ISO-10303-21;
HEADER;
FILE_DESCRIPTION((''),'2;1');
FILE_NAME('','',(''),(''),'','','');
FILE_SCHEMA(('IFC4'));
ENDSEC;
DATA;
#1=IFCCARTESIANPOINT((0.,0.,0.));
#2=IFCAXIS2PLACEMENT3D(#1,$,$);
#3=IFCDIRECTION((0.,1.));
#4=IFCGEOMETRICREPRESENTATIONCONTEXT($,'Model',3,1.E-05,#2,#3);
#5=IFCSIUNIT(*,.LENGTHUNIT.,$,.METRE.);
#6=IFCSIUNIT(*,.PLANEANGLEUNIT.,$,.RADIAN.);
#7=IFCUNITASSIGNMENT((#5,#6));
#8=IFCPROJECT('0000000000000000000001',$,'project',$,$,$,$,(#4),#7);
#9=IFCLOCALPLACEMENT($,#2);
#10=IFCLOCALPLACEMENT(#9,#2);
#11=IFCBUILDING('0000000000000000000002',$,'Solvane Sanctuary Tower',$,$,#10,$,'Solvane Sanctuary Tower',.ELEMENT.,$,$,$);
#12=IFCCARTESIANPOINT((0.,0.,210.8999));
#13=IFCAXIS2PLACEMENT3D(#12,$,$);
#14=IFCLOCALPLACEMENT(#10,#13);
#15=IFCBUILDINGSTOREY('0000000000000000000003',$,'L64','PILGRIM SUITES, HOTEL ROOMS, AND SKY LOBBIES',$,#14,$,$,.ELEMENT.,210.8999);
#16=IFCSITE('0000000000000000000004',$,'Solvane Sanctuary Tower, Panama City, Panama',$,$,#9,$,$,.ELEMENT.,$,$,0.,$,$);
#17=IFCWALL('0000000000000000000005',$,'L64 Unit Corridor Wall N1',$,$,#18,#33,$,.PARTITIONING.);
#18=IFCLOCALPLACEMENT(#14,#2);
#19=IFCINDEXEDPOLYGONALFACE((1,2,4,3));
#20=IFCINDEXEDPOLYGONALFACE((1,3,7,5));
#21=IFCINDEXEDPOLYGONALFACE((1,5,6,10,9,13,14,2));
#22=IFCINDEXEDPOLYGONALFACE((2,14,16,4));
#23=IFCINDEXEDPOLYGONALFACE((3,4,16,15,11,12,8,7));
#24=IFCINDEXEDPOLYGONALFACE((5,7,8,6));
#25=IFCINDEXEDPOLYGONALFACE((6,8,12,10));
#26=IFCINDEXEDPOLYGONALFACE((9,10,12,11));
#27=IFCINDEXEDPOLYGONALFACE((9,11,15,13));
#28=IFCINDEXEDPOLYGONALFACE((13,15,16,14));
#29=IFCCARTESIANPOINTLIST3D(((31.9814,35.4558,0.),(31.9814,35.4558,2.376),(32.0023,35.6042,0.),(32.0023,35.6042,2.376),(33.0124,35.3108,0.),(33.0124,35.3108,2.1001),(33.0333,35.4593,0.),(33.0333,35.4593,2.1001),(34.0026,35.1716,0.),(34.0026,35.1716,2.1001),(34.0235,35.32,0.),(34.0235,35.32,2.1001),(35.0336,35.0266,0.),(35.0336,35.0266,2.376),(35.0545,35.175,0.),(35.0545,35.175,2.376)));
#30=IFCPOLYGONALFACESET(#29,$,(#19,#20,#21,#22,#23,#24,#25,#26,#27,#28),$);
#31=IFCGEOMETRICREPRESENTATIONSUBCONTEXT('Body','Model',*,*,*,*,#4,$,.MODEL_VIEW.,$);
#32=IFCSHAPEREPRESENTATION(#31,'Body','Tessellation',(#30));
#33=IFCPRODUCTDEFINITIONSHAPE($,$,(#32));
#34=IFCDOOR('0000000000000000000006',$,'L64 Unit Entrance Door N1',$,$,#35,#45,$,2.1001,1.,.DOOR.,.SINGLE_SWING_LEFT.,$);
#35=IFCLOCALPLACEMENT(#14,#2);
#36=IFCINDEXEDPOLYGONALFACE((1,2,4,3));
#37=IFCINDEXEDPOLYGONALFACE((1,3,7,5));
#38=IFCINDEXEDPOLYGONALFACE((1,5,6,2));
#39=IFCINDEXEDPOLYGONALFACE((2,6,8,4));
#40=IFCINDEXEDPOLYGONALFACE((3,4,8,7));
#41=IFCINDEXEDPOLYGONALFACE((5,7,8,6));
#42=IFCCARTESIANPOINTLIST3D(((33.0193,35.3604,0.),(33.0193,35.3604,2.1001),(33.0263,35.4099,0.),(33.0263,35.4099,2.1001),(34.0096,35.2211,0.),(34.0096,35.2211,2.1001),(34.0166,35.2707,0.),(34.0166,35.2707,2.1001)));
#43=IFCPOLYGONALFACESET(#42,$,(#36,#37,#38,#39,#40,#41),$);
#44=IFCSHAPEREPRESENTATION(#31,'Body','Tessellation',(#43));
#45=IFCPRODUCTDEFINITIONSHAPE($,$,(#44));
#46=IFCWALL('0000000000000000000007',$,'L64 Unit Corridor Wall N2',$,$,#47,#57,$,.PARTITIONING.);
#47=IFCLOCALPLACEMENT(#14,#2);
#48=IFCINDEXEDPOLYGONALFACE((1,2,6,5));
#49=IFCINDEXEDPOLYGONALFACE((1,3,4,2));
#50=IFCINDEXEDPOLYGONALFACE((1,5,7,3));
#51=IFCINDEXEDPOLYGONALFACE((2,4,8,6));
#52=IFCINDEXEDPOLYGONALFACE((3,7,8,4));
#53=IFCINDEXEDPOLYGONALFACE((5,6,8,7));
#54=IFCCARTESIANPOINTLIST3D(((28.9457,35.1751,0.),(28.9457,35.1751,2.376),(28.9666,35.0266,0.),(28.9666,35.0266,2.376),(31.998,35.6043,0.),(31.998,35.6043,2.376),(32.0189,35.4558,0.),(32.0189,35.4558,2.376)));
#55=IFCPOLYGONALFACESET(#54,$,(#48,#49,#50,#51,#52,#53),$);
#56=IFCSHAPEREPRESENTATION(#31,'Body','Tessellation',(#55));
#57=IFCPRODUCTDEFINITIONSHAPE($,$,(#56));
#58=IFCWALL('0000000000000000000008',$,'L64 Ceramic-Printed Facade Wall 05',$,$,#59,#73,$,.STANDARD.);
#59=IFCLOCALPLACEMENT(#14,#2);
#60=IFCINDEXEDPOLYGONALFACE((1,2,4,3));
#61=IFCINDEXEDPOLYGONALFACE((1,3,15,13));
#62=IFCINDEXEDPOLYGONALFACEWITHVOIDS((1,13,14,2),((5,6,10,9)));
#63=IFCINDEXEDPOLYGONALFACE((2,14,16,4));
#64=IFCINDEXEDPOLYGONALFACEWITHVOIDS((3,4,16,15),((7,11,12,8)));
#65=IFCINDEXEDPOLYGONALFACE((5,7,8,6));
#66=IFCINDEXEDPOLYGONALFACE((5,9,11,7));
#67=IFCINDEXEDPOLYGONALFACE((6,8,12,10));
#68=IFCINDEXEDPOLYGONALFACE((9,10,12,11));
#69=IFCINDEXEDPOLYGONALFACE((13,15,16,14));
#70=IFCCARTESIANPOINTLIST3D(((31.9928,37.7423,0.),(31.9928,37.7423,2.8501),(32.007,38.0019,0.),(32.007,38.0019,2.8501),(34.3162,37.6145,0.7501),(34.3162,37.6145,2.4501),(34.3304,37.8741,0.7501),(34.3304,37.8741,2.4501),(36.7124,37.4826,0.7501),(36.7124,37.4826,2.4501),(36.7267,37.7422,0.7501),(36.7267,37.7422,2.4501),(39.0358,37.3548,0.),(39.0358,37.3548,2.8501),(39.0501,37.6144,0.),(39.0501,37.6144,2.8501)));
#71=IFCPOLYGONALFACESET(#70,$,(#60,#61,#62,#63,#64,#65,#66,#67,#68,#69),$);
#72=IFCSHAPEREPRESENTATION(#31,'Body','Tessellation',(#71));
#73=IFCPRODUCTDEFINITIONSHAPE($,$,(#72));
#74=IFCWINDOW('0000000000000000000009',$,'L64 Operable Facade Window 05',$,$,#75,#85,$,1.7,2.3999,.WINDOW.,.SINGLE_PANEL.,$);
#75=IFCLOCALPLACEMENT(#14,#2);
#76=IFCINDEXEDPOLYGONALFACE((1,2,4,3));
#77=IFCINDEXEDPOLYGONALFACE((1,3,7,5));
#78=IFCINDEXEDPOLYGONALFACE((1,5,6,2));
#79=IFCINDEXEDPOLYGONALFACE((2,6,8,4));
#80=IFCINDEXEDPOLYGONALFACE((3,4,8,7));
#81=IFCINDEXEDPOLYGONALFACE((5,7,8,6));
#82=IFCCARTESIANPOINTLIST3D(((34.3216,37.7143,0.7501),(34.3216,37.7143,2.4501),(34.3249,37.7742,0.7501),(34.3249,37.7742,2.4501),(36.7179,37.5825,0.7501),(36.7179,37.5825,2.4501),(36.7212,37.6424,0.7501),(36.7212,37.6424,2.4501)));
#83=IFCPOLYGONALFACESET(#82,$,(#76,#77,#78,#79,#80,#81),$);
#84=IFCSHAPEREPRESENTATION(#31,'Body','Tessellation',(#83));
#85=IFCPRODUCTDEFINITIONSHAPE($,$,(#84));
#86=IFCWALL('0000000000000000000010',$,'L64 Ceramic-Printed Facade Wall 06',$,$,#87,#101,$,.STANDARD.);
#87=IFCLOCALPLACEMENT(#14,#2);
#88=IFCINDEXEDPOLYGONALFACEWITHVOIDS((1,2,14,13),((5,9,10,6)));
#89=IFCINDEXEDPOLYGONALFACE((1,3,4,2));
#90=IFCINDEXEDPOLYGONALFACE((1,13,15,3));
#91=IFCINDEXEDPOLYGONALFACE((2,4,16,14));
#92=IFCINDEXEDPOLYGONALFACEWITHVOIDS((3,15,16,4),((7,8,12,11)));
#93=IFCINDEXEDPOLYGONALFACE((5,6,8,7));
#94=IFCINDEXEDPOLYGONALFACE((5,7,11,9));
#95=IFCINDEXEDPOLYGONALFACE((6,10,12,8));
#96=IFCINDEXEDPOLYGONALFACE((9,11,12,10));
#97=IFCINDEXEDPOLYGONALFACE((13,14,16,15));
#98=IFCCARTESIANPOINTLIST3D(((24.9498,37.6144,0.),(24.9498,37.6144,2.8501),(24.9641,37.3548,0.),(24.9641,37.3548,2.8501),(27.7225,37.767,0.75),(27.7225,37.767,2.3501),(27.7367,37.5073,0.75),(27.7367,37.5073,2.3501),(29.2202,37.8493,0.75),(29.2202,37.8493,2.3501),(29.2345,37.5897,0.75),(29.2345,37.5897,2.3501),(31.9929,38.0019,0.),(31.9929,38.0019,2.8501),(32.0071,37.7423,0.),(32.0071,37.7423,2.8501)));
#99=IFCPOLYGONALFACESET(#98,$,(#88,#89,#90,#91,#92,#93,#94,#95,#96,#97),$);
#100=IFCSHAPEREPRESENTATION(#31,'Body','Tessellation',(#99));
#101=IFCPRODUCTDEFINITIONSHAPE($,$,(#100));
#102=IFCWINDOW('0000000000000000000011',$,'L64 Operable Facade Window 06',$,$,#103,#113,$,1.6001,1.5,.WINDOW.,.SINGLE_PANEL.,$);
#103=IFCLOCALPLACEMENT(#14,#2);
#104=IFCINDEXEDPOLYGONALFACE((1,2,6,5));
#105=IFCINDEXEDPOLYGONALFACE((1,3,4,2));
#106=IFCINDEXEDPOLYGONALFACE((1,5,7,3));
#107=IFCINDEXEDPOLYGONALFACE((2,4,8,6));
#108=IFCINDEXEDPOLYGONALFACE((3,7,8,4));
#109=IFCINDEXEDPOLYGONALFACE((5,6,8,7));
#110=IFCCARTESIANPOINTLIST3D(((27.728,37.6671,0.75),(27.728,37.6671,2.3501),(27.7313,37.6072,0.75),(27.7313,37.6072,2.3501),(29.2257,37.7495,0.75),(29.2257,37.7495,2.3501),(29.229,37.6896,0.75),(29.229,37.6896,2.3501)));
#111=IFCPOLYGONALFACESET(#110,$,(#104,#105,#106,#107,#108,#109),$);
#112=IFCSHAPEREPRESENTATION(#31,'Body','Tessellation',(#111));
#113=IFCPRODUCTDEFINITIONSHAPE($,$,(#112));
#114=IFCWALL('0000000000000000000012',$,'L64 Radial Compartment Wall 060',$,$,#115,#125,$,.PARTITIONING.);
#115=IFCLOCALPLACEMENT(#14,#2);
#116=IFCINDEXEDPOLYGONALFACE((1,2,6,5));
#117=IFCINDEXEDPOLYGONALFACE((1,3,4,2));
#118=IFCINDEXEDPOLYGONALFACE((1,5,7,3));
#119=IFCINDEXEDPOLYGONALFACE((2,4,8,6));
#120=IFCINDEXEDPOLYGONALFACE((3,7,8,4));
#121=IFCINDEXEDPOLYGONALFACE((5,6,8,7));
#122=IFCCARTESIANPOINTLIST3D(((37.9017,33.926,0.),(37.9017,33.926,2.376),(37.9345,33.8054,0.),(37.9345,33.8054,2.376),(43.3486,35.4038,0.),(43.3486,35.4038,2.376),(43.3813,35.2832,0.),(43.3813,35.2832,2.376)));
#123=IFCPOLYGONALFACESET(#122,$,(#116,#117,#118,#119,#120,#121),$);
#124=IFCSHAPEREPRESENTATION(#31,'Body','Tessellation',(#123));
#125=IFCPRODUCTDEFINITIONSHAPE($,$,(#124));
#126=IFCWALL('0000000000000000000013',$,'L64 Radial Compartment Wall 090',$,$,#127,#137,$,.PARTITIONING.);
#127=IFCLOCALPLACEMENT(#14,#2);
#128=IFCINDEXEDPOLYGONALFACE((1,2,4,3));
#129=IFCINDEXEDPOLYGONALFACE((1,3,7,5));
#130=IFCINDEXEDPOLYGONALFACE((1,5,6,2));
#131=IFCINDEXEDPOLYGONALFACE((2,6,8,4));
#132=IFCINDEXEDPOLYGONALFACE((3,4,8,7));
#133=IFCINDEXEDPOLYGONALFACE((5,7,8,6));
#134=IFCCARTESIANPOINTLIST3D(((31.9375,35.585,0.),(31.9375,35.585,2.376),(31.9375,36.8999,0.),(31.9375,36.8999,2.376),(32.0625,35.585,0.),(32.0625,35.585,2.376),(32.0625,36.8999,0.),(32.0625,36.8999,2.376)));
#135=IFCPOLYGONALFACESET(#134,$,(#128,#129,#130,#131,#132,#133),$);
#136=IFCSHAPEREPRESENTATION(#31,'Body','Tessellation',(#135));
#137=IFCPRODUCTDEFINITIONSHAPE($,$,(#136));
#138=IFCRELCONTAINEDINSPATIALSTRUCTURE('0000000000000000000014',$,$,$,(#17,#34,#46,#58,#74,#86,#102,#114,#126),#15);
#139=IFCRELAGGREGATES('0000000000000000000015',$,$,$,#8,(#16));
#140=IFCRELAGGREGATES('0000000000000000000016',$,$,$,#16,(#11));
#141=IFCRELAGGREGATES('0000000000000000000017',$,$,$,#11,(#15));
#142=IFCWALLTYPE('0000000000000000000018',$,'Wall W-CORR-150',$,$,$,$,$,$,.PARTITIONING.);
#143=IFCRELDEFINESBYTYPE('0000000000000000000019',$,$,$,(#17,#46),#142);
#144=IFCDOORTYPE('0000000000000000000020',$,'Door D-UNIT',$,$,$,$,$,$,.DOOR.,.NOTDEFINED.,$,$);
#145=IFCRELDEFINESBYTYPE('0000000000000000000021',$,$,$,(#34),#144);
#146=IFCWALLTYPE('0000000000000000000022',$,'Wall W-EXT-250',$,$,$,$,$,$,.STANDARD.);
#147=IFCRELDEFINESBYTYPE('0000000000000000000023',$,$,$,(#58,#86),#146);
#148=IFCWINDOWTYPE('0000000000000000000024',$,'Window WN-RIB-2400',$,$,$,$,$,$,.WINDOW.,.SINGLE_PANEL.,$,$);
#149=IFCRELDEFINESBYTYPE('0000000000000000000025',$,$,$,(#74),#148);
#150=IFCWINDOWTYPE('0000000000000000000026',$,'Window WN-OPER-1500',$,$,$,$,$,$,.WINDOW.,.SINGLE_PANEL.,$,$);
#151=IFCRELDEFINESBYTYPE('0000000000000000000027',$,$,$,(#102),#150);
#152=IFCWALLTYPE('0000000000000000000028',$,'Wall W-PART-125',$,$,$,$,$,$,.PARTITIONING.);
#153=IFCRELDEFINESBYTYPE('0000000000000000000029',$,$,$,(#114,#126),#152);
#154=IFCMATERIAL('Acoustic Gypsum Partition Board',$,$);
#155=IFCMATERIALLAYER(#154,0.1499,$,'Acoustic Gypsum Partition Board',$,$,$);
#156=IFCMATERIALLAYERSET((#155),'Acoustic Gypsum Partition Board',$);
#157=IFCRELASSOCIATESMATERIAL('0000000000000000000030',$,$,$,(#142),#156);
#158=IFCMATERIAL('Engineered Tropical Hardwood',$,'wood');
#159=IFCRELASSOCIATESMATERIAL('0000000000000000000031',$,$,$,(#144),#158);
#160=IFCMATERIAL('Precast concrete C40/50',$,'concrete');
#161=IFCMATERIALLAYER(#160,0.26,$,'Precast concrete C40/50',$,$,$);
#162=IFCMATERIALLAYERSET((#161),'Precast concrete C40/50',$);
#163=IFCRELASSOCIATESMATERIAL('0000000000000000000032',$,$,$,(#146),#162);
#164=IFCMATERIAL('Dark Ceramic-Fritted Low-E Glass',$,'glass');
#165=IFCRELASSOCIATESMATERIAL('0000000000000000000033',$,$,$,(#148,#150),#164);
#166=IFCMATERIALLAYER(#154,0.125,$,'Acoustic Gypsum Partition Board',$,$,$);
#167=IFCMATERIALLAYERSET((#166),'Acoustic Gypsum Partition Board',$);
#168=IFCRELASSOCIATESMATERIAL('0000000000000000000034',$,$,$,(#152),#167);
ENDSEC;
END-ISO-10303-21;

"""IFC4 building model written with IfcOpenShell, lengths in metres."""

from ifc_helpers import new_model, si_unit, direction, frame, frame_2d, origin, place, context, subcontext, project, spatial, rectangle, extrude, material, layer, layer_set, type_object, element, fill, save


model = new_model("IFC4")

# Units and contexts
model_context = context("Model", 3, precision=1e-05, world=origin(), true_north=direction((0.0, 1.0)))
body_context = subcontext(model_context, "Body", "Model", "MODEL_VIEW")
ifc_project = project(units=[si_unit("LENGTHUNIT", "METRE"), si_unit("PLANEANGLEUNIT", "RADIAN")], contexts=[model_context])

# Site, building, storey
site_placement = place(None, origin())
site = spatial("IfcSite", under=ifc_project, at=site_placement, Name="Solvane Sanctuary Tower, Panama City, Panama", CompositionType="ELEMENT", RefElevation=0.0)
building_placement = place(site_placement, origin())
building = spatial("IfcBuilding", under=site, at=building_placement, Name="Solvane Sanctuary Tower", LongName="Solvane Sanctuary Tower", CompositionType="ELEMENT")
storey_placement = place(building_placement, frame((0.0, 0.0, 210.8999)))
storey = spatial("IfcBuildingStorey", under=building, at=storey_placement, Name="L64", Description="PILGRIM SUITES, HOTEL ROOMS, AND SKY LOBBIES", CompositionType="ELEMENT", Elevation=210.8999)

# Shared definitions
ifc_material_1 = material(Name="Acoustic Gypsum Partition Board")
ifc_layer_1 = layer(ifc_material_1, 0.1499, Name="Acoustic Gypsum Partition Board")
ifc_layer_set_1 = layer_set([ifc_layer_1], Name="Acoustic Gypsum Partition Board")
wall_type_1 = type_object("IfcWallType", Name="Wall W-CORR-150", PredefinedType="PARTITIONING", material=ifc_layer_set_1)

# Shared definitions
ifc_material_2 = material(Name="Engineered Tropical Hardwood", Category="wood")

# Wall, opening, door
wall_1_placement = place(storey_placement, frame((35.0439, 35.1008, 0.0), z_axis=(0.0, 0.0, 1.0), x_axis=(-0.990258, 0.139248, 0.0)))
wall_1 = element("IfcWall", 1, at=wall_1_placement, inside=storey, type_object=wall_type_1, Name="L64 Unit Corridor Wall N1", PredefinedType="PARTITIONING", context=body_context, shape_type="SweptSolid", body=[
    extrude(rectangle(XDim=3.0823, YDim=0.1499, at=frame_2d((1.541, 0.0))), origin(), (0.0, 0.0, 1.0), 2.376),
])
opening_1_placement = place(wall_1_placement, frame((1.041, 0.0, 0.0)))
opening_1 = element("IfcOpeningElement", 2, at=opening_1_placement, cuts=wall_1, PredefinedType="OPENING", context=body_context, shape_type="SweptSolid", body=[
    extrude(rectangle(XDim=1.0, YDim=2.1001, at=frame_2d((0.5, 1.05))), frame((0.0, 0.085, 0.0), z_axis=(0.0, -1.0, 0.0), x_axis=(1.0, 0.0, 0.0)), (0.0, 0.0, 1.0), 0.1699),
])
door_type_1 = type_object("IfcDoorType", Name="Door D-UNIT", OperationType="NOTDEFINED", PredefinedType="DOOR", material=ifc_material_2)
door_1_placement = place(opening_1_placement, origin())
door_1 = element("IfcDoor", 3, at=door_1_placement, inside=storey, type_object=door_type_1, Name="L64 Unit Entrance Door N1", OperationType="SINGLE_SWING_LEFT", OverallHeight=2.1001, OverallWidth=1.0, PredefinedType="DOOR", context=body_context, shape_type="SweptSolid", body=[
    extrude(rectangle(XDim=1.0, YDim=2.1001, at=frame_2d((0.5, 1.05))), frame((0.0, 0.0249, 0.0), z_axis=(0.0, -1.0, 0.0), x_axis=(1.0, 0.0, 0.0)), (0.0, 0.0, 1.0), 0.05),
])
fill(opening_1, door_1)

# Wall
wall_2_placement = place(storey_placement, frame((32.0083, 35.53, 0.0), z_axis=(0.0, 0.0, 1.0), x_axis=(-0.990258, -0.139248, 0.0)))
element("IfcWall", 4, at=wall_2_placement, inside=storey, type_object=wall_type_1, Name="L64 Unit Corridor Wall N2", PredefinedType="PARTITIONING", context=body_context, shape_type="SweptSolid", body=[
    extrude(rectangle(XDim=3.0823, YDim=0.1499, at=frame_2d((1.541, 0.0))), origin(), (0.0, 0.0, 1.0), 2.376),
])

# Walls, openings, windows
ifc_material_3 = material(Name="Precast concrete C40/50", Category="concrete")
ifc_layer_2 = layer(ifc_material_3, 0.26, Name="Precast concrete C40/50")
ifc_layer_set_2 = layer_set([ifc_layer_2], Name="Precast concrete C40/50")
wall_type_2 = type_object("IfcWallType", Name="Wall W-EXT-250", PredefinedType="STANDARD", material=ifc_layer_set_2)
wall_3_placement = place(storey_placement, frame((39.043, 37.4846, 0.0), z_axis=(0.0, 0.0, 1.0), x_axis=(-0.99849, 0.054929, 0.0)))
wall_3 = element("IfcWall", 5, at=wall_3_placement, inside=storey, type_object=wall_type_2, Name="L64 Ceramic-Printed Facade Wall 05", PredefinedType="STANDARD", context=body_context, shape_type="SweptSolid", body=[
    extrude(rectangle(XDim=7.0537, YDim=0.26, at=frame_2d((3.5269, 0.0))), origin(), (0.0, 0.0, 1.0), 2.8501),
])
opening_2_placement = place(wall_3_placement, frame((2.3269, 0.0, 0.75)))
opening_2 = element("IfcOpeningElement", 6, at=opening_2_placement, cuts=wall_3, PredefinedType="OPENING", context=body_context, shape_type="SweptSolid", body=[
    extrude(rectangle(XDim=2.3999, YDim=1.7, at=frame_2d((1.2, 0.8501))), frame((0.0, 0.1399, 0.0), z_axis=(0.0, -1.0, 0.0), x_axis=(1.0, 0.0, 0.0)), (0.0, 0.0, 1.0), 0.28),
])
ifc_material_4 = material(Name="Dark Ceramic-Fritted Low-E Glass", Category="glass")
window_type_1 = type_object("IfcWindowType", Name="Window WN-RIB-2400", PartitioningType="SINGLE_PANEL", PredefinedType="WINDOW", material=ifc_material_4)
window_1_placement = place(opening_2_placement, origin())
window_1 = element("IfcWindow", 7, at=window_1_placement, inside=storey, type_object=window_type_1, Name="L64 Operable Facade Window 05", OverallHeight=1.7, OverallWidth=2.3999, PartitioningType="SINGLE_PANEL", PredefinedType="WINDOW", context=body_context, shape_type="SweptSolid", body=[
    extrude(rectangle(XDim=2.3999, YDim=1.7, at=frame_2d((1.2, 0.8501))), frame((0.0, 0.03, 0.0), z_axis=(0.0, -1.0, 0.0), x_axis=(1.0, 0.0, 0.0)), (0.0, 0.0, 1.0), 0.0601),
])
fill(opening_2, window_1)
wall_4_placement = place(storey_placement, frame((32.0, 37.8721, 0.0), z_axis=(0.0, 0.0, 1.0), x_axis=(-0.99849, -0.054929, 0.0)))
wall_4 = element("IfcWall", 8, at=wall_4_placement, inside=storey, type_object=wall_type_2, Name="L64 Ceramic-Printed Facade Wall 06", PredefinedType="STANDARD", context=body_context, shape_type="SweptSolid", body=[
    extrude(rectangle(XDim=7.0537, YDim=0.26, at=frame_2d((3.5269, 0.0))), origin(), (0.0, 0.0, 1.0), 2.8501),
])
opening_3_placement = place(wall_4_placement, frame((2.7769, 0.0, 0.75)))
opening_3 = element("IfcOpeningElement", 9, at=opening_3_placement, cuts=wall_4, PredefinedType="OPENING", context=body_context, shape_type="SweptSolid", body=[
    extrude(rectangle(XDim=1.5, YDim=1.6001, at=frame_2d((0.75, 0.8))), frame((0.0, 0.1399, 0.0), z_axis=(0.0, -1.0, 0.0), x_axis=(1.0, 0.0, 0.0)), (0.0, 0.0, 1.0), 0.28),
])
window_type_2 = type_object("IfcWindowType", Name="Window WN-OPER-1500", PartitioningType="SINGLE_PANEL", PredefinedType="WINDOW", material=ifc_material_4)
window_2_placement = place(opening_3_placement, origin())
window_2 = element("IfcWindow", 10, at=window_2_placement, inside=storey, type_object=window_type_2, Name="L64 Operable Facade Window 06", OverallHeight=1.6001, OverallWidth=1.5, PartitioningType="SINGLE_PANEL", PredefinedType="WINDOW", context=body_context, shape_type="SweptSolid", body=[
    extrude(rectangle(XDim=1.5, YDim=1.6001, at=frame_2d((0.75, 0.8))), frame((0.0, 0.03, 0.0), z_axis=(0.0, -1.0, 0.0), x_axis=(1.0, 0.0, 0.0)), (0.0, 0.0, 1.0), 0.0601),
])
fill(opening_3, window_2)

# Walls
ifc_layer_3 = layer(ifc_material_1, 0.125, Name="Acoustic Gypsum Partition Board")
ifc_layer_set_3 = layer_set([ifc_layer_3], Name="Acoustic Gypsum Partition Board")
wall_type_3 = type_object("IfcWallType", Name="Wall W-PART-125", PredefinedType="PARTITIONING", material=ifc_layer_set_3)
wall_5_placement = place(storey_placement, frame((37.9182, 33.8657, 0.0), z_axis=(0.0, 0.0, 1.0), x_axis=(0.965109, 0.261847, 0.0)))
element("IfcWall", 11, at=wall_5_placement, inside=storey, type_object=wall_type_3, Name="L64 Radial Compartment Wall 060", PredefinedType="PARTITIONING", context=body_context, shape_type="SweptSolid", body=[
    extrude(rectangle(XDim=5.6438, YDim=0.125, at=frame_2d((2.8218, 0.0))), origin(), (0.0, 0.0, 1.0), 2.376),
])
wall_6_placement = place(storey_placement, frame((32.0, 35.585, 0.0), z_axis=(0.0, 0.0, 1.0), x_axis=(0.0, 1.0, 0.0)))
element("IfcWall", 12, at=wall_6_placement, inside=storey, type_object=wall_type_3, Name="L64 Radial Compartment Wall 090", PredefinedType="PARTITIONING", context=body_context, shape_type="SweptSolid", body=[
    extrude(rectangle(XDim=1.3149, YDim=0.125, at=frame_2d((0.6575, 0.0))), origin(), (0.0, 0.0, 1.0), 2.376),
])

save(model, "model.ifc")
